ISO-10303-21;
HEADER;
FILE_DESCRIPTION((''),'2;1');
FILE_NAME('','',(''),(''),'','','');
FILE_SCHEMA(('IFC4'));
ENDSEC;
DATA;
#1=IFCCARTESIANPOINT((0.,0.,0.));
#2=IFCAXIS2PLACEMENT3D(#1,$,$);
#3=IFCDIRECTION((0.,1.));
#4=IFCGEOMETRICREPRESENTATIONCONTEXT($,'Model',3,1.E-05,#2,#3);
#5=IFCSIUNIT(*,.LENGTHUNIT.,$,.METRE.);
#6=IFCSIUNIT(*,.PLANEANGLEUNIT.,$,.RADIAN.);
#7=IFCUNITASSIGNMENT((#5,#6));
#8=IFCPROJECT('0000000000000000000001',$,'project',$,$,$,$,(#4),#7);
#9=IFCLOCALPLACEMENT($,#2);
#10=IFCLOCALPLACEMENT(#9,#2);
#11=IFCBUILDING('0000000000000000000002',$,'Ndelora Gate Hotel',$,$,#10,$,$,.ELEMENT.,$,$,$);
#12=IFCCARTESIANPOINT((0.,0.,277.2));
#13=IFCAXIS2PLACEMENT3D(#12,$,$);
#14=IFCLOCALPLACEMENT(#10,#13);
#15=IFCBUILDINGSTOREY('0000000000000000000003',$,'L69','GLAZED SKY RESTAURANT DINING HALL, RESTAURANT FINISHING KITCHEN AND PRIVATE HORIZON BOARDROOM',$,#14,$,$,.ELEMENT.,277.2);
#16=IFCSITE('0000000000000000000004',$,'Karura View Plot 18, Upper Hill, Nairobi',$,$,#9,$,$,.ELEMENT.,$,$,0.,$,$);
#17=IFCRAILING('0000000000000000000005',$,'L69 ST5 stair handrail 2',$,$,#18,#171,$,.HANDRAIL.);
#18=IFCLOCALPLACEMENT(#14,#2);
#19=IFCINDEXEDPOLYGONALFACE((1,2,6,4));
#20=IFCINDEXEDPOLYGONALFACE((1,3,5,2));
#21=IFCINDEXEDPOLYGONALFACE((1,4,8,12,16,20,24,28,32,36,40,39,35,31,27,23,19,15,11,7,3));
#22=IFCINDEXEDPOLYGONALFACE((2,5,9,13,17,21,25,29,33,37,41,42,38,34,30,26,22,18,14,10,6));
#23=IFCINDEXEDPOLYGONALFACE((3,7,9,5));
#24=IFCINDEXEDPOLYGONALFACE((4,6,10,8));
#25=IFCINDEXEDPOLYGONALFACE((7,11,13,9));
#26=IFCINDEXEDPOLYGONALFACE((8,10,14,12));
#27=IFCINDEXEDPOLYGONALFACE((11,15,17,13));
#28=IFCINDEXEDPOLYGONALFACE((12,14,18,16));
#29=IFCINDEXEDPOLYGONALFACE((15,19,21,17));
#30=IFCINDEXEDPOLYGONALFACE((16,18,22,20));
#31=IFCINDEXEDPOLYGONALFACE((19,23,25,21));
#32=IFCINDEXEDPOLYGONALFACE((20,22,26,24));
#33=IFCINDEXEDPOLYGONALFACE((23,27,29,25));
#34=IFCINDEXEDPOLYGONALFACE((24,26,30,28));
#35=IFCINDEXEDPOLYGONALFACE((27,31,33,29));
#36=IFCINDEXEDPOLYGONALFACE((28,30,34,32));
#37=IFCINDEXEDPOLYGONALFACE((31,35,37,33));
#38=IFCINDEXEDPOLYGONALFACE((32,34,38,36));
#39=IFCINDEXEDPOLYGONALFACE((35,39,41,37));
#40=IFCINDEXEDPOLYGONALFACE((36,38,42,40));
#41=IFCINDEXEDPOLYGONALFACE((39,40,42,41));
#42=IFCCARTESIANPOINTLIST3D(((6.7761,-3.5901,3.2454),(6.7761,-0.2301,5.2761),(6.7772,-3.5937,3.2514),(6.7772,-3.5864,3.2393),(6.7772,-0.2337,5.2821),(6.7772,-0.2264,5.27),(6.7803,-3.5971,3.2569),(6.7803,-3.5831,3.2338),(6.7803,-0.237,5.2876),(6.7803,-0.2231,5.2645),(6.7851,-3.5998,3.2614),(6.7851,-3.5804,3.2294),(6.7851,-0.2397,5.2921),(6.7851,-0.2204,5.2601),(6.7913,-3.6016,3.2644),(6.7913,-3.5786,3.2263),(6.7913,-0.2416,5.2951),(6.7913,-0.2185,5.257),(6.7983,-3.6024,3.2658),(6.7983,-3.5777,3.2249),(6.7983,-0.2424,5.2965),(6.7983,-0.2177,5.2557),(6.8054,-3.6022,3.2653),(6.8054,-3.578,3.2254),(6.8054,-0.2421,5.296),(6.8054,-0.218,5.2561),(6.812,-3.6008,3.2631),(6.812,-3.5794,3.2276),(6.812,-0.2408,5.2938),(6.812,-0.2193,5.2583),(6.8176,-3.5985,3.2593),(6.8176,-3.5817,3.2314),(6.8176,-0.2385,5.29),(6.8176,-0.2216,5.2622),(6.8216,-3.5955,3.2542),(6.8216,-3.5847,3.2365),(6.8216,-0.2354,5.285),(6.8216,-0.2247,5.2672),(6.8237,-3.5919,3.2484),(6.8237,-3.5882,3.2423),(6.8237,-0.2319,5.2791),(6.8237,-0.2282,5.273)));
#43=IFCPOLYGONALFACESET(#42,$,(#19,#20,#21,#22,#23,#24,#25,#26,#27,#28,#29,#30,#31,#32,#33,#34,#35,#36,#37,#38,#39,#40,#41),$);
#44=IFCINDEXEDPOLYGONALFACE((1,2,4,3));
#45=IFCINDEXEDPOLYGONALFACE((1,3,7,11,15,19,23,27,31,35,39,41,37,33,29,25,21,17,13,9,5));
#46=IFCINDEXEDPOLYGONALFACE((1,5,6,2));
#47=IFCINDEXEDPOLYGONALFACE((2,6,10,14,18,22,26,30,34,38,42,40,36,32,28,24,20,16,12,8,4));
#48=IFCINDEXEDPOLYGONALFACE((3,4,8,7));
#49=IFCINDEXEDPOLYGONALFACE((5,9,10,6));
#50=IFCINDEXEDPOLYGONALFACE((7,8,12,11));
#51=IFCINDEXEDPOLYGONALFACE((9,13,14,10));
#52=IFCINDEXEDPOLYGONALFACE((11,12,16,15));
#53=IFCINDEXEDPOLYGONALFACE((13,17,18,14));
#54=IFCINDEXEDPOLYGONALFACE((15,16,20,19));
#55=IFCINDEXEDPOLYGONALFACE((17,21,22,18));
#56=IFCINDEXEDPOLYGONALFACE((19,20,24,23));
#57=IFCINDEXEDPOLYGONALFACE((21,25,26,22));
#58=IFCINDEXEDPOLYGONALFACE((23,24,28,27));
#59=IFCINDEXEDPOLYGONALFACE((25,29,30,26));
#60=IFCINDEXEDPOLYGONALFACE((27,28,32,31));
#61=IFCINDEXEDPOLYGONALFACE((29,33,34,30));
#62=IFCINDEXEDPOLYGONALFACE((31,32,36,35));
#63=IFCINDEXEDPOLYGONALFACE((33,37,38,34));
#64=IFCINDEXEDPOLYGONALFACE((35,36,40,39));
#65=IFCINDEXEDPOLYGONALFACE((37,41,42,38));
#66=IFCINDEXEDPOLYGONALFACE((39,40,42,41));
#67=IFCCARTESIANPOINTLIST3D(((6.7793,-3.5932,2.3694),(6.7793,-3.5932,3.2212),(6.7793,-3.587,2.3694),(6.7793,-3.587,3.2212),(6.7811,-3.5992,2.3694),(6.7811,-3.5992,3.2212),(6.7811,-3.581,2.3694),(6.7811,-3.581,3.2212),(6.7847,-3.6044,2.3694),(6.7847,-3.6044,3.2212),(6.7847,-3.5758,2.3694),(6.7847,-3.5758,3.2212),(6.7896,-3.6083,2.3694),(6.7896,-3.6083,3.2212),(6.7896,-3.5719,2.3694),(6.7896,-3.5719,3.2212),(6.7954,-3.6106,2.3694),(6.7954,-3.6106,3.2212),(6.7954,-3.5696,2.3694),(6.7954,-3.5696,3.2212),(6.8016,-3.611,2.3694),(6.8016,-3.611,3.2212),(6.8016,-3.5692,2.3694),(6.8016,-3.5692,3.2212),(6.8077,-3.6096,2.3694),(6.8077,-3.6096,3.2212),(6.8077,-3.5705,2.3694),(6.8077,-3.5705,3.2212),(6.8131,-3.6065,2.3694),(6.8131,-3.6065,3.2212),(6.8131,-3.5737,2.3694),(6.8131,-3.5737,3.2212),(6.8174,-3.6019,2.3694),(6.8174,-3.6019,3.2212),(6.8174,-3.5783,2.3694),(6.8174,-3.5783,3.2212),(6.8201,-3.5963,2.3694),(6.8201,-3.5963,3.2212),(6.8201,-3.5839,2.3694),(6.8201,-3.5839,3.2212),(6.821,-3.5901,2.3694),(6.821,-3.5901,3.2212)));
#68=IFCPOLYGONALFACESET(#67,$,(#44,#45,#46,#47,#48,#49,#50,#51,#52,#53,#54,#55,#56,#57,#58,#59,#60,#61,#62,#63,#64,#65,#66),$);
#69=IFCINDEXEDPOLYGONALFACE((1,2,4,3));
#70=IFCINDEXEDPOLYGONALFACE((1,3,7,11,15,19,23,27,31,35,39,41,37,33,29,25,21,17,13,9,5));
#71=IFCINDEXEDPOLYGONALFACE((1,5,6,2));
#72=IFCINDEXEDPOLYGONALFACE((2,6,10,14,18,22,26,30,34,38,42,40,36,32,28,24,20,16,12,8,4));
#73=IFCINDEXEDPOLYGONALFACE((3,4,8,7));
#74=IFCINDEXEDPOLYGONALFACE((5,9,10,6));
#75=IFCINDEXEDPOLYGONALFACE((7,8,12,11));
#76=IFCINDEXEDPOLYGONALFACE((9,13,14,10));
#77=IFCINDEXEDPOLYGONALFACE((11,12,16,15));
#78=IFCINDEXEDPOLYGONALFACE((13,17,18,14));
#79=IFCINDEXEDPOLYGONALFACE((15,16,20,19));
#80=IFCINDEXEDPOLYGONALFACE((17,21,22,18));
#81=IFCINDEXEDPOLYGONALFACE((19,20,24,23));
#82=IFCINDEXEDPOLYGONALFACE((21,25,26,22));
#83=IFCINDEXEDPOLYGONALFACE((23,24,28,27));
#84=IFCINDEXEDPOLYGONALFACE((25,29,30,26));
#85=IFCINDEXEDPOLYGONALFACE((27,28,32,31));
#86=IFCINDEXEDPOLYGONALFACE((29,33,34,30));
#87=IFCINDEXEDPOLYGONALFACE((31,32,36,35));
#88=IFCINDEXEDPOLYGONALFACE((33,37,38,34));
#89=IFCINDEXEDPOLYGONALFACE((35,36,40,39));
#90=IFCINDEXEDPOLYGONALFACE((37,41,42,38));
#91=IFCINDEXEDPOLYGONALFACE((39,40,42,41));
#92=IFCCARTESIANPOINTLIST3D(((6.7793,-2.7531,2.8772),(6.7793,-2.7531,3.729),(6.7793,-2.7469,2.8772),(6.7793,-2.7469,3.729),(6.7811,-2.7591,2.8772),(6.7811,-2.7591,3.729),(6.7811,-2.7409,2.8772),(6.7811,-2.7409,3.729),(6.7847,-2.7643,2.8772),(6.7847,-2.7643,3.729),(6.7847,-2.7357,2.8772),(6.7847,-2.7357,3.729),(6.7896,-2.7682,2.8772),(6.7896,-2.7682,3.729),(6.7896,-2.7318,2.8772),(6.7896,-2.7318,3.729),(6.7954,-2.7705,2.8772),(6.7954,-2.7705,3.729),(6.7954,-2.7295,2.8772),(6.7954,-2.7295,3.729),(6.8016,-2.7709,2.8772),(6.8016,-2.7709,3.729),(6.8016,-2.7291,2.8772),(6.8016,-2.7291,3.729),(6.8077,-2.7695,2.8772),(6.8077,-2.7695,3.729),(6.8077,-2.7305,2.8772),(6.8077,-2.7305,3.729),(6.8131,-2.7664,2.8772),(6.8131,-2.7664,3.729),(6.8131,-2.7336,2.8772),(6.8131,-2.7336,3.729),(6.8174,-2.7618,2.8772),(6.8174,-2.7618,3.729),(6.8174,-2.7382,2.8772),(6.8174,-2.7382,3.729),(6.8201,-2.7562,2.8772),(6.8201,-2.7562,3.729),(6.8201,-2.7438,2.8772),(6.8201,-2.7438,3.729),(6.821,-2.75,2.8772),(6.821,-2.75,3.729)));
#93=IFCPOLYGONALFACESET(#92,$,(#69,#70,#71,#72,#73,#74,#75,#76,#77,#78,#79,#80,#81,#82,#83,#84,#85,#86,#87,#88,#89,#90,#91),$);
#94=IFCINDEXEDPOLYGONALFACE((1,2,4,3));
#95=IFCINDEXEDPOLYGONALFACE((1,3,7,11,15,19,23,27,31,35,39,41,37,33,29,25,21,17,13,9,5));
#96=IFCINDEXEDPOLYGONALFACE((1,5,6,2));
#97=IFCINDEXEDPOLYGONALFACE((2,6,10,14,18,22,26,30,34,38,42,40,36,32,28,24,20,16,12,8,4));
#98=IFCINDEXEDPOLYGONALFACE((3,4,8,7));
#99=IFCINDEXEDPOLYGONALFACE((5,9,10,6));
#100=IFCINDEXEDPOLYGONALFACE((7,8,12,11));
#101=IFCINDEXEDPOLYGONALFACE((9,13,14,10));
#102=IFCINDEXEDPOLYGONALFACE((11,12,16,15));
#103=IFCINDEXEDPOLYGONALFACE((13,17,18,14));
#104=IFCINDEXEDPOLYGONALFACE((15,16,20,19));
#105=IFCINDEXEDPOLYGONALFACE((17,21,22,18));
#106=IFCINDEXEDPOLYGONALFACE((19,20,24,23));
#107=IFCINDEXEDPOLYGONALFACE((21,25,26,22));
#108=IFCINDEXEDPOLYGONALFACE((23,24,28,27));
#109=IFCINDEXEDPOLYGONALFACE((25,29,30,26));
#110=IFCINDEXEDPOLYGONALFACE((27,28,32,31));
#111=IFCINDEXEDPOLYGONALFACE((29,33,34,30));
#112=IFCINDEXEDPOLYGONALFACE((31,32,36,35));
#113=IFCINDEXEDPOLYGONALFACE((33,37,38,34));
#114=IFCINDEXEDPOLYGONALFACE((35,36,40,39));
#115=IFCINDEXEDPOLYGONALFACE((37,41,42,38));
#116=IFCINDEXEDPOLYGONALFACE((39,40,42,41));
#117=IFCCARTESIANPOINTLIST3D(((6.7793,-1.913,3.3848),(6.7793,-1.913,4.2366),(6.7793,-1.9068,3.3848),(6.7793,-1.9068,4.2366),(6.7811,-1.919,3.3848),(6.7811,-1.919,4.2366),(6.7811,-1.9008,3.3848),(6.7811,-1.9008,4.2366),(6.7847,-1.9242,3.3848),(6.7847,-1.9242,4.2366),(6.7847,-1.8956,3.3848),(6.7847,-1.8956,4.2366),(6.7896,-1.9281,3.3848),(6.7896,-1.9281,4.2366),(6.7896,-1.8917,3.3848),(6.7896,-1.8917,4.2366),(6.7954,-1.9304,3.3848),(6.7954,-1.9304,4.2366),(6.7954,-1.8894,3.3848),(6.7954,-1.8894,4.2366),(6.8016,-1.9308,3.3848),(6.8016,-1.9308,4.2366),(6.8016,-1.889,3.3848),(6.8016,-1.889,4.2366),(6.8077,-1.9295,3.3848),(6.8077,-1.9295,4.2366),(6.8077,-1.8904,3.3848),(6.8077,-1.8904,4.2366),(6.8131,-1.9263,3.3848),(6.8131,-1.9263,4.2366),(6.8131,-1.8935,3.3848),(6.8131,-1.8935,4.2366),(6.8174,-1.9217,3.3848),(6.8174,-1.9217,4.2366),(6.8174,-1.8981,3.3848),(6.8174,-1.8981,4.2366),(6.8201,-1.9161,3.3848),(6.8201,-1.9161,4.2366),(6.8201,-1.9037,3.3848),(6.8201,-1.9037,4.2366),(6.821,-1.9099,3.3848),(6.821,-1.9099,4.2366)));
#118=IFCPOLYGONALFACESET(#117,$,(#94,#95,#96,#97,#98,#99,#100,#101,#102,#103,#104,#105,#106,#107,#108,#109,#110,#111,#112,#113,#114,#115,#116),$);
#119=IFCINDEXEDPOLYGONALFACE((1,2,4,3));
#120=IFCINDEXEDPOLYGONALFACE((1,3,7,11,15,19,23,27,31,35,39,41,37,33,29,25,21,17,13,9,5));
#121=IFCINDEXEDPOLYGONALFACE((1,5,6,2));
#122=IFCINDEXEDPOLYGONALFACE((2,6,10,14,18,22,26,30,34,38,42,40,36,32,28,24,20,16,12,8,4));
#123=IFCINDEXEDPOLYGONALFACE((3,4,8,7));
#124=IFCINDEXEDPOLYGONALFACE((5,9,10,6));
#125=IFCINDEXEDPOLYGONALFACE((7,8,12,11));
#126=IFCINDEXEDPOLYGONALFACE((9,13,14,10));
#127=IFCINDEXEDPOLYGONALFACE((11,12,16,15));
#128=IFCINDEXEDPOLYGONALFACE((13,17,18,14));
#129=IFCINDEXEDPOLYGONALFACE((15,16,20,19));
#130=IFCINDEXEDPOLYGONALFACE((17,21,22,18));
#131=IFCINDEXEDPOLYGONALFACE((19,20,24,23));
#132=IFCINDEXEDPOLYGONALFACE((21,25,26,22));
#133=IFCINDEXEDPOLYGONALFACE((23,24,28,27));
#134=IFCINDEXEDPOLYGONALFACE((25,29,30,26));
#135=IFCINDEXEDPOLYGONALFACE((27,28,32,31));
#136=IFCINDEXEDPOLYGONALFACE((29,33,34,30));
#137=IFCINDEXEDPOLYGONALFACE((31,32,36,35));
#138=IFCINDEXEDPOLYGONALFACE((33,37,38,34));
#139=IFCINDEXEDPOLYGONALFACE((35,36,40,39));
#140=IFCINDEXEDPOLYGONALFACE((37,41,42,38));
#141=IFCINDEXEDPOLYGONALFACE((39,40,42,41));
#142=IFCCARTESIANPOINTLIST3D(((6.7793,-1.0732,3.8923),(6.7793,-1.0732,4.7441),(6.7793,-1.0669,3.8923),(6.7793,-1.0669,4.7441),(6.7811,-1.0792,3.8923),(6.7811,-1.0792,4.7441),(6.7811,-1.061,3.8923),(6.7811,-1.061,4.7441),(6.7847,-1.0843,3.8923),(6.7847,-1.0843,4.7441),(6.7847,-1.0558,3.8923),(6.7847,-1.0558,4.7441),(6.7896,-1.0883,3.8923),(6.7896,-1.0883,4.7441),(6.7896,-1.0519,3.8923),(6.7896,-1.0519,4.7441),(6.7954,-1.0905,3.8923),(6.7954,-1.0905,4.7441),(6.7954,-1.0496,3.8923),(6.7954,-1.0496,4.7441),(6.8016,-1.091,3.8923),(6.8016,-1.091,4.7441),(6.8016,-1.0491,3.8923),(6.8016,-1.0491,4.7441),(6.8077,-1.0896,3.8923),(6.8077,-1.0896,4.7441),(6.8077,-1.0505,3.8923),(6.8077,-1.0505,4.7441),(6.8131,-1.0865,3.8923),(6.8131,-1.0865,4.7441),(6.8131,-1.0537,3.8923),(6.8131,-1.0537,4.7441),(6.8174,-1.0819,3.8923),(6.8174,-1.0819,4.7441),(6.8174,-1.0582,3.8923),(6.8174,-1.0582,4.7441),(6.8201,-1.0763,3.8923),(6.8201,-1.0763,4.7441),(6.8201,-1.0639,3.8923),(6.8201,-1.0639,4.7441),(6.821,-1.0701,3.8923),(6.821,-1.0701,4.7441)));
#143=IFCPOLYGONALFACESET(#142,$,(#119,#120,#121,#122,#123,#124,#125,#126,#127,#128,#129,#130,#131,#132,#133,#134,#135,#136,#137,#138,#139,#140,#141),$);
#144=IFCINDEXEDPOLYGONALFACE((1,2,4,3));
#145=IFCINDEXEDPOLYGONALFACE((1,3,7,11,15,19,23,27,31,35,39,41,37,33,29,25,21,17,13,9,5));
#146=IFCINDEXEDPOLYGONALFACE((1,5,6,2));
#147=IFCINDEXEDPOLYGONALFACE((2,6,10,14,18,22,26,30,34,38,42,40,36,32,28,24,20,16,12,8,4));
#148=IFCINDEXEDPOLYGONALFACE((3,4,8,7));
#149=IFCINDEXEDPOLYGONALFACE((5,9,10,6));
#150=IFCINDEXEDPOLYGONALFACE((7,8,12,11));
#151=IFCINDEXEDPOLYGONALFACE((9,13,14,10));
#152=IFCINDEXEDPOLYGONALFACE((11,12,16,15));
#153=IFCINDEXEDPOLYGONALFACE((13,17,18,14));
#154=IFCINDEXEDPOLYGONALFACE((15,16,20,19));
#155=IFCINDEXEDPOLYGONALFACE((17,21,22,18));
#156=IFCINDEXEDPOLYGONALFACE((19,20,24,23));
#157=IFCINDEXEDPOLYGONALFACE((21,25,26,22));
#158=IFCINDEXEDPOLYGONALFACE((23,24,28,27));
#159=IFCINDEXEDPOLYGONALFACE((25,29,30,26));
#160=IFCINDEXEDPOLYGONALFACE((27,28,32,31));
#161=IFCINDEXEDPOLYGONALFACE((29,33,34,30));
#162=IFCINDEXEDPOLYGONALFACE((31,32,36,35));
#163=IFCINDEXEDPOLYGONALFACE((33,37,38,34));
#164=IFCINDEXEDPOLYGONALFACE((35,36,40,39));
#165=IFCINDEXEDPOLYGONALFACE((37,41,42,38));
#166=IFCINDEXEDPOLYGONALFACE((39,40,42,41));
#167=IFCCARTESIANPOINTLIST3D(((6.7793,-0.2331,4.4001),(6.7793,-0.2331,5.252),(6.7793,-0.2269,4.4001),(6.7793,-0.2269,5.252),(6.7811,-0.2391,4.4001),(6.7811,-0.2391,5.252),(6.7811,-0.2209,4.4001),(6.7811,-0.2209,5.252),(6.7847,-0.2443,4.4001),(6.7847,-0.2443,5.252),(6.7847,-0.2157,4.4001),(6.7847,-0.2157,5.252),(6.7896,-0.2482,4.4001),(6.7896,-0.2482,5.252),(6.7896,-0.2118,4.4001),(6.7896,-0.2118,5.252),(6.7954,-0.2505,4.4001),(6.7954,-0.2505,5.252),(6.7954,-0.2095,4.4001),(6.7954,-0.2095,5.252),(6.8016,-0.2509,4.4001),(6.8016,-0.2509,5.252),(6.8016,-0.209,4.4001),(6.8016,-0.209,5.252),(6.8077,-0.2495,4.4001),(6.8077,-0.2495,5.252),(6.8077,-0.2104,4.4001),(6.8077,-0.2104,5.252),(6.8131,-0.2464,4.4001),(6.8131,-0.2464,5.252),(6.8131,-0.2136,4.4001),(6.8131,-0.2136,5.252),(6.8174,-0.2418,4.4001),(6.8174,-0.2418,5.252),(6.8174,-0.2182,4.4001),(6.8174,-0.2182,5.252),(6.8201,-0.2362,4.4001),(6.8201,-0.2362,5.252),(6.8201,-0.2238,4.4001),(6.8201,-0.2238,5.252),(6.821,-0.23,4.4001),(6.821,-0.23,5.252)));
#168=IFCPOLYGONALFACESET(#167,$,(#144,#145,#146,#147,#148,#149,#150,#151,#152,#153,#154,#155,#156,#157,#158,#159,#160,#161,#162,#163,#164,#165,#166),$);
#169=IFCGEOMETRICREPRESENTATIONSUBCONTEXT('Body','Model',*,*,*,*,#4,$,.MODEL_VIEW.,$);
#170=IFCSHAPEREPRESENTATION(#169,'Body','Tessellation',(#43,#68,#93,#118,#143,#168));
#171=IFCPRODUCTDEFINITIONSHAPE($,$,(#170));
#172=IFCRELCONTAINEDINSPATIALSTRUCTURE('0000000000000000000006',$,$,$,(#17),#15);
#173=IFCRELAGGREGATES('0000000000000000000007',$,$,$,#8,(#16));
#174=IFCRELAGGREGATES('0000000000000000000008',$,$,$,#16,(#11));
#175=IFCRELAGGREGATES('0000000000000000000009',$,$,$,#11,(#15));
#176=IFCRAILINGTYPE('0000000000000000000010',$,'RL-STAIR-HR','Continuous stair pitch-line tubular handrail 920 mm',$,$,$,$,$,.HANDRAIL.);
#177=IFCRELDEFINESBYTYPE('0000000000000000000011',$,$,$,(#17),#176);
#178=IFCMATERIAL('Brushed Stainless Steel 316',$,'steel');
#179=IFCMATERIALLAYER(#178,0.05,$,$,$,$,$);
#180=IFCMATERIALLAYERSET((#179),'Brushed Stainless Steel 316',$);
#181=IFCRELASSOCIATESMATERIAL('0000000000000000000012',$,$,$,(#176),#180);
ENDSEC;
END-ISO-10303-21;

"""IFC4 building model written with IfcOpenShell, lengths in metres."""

from ifc_helpers import new_model, si_unit, direction, frame, origin, origin_2d, place, context, subcontext, project, spatial, circle, extrude, material, layer, layer_set, type_object, element, save


model = new_model("IFC4")

# Units and contexts
model_context = context("Model", 3, precision=1e-05, world=origin(), true_north=direction((0.0, 1.0)))
body_context = subcontext(model_context, "Body", "Model", "MODEL_VIEW")
ifc_project = project(units=[si_unit("LENGTHUNIT", "METRE"), si_unit("PLANEANGLEUNIT", "RADIAN")], contexts=[model_context])

# Site, building, storey
site_placement = place(None, origin())
site = spatial("IfcSite", under=ifc_project, at=site_placement, Name="Karura View Plot 18, Upper Hill, Nairobi", CompositionType="ELEMENT", RefElevation=0.0)
building_placement = place(site_placement, origin())
building = spatial("IfcBuilding", under=site, at=building_placement, Name="Ndelora Gate Hotel", CompositionType="ELEMENT")
storey_placement = place(building_placement, frame((0.0, 0.0, 277.2)))
storey = spatial("IfcBuildingStorey", under=building, at=storey_placement, Name="L69", Description="GLAZED SKY RESTAURANT DINING HALL, RESTAURANT FINISHING KITCHEN AND PRIVATE HORIZON BOARDROOM", CompositionType="ELEMENT", Elevation=277.2)

# Railing
ifc_material_1 = material(Name="Brushed Stainless Steel 316", Category="steel")
ifc_layer_1 = layer(ifc_material_1, 0.05)
ifc_layer_set_1 = layer_set([ifc_layer_1], Name="Brushed Stainless Steel 316")
railing_type_1 = type_object("IfcRailingType", Name="RL-STAIR-HR", Description="Continuous stair pitch-line tubular handrail 920 mm", PredefinedType="HANDRAIL", material=ifc_layer_set_1)
railing_1_placement = place(storey_placement, frame((6.8, -3.5901, 2.3694)))
element("IfcRailing", 1, at=railing_1_placement, inside=storey, type_object=railing_type_1, Name="L69 ST5 stair handrail 2", PredefinedType="HANDRAIL", context=body_context, shape_type="SweptSolid", body=[
    extrude(circle(Radius=0.0239, at=origin_2d()), frame((0.0, 0.0, 0.876), z_axis=(0.0, 0.855837, 0.517246), x_axis=(-1.0, 0.0, 0.0)), (0.0, 0.0, 1.0), 3.926),
    extrude(circle(Radius=0.021, at=origin_2d()), origin(), (0.0, 0.0, 1.0), 0.8518),
    extrude(circle(Radius=0.021, at=origin_2d()), frame((0.0, 0.8401, 0.5078)), (0.0, 0.0, 1.0), 0.8518),
    extrude(circle(Radius=0.021, at=origin_2d()), frame((0.0, 1.6802, 1.0154)), (0.0, 0.0, 1.0), 0.8518),
    extrude(circle(Radius=0.021, at=origin_2d()), frame((0.0, 2.52, 1.5229)), (0.0, 0.0, 1.0), 0.8518),
    extrude(circle(Radius=0.021, at=origin_2d()), frame((0.0, 3.3601, 2.0308)), (0.0, 0.0, 1.0), 0.8518),
])

save(model, "model.ifc")
